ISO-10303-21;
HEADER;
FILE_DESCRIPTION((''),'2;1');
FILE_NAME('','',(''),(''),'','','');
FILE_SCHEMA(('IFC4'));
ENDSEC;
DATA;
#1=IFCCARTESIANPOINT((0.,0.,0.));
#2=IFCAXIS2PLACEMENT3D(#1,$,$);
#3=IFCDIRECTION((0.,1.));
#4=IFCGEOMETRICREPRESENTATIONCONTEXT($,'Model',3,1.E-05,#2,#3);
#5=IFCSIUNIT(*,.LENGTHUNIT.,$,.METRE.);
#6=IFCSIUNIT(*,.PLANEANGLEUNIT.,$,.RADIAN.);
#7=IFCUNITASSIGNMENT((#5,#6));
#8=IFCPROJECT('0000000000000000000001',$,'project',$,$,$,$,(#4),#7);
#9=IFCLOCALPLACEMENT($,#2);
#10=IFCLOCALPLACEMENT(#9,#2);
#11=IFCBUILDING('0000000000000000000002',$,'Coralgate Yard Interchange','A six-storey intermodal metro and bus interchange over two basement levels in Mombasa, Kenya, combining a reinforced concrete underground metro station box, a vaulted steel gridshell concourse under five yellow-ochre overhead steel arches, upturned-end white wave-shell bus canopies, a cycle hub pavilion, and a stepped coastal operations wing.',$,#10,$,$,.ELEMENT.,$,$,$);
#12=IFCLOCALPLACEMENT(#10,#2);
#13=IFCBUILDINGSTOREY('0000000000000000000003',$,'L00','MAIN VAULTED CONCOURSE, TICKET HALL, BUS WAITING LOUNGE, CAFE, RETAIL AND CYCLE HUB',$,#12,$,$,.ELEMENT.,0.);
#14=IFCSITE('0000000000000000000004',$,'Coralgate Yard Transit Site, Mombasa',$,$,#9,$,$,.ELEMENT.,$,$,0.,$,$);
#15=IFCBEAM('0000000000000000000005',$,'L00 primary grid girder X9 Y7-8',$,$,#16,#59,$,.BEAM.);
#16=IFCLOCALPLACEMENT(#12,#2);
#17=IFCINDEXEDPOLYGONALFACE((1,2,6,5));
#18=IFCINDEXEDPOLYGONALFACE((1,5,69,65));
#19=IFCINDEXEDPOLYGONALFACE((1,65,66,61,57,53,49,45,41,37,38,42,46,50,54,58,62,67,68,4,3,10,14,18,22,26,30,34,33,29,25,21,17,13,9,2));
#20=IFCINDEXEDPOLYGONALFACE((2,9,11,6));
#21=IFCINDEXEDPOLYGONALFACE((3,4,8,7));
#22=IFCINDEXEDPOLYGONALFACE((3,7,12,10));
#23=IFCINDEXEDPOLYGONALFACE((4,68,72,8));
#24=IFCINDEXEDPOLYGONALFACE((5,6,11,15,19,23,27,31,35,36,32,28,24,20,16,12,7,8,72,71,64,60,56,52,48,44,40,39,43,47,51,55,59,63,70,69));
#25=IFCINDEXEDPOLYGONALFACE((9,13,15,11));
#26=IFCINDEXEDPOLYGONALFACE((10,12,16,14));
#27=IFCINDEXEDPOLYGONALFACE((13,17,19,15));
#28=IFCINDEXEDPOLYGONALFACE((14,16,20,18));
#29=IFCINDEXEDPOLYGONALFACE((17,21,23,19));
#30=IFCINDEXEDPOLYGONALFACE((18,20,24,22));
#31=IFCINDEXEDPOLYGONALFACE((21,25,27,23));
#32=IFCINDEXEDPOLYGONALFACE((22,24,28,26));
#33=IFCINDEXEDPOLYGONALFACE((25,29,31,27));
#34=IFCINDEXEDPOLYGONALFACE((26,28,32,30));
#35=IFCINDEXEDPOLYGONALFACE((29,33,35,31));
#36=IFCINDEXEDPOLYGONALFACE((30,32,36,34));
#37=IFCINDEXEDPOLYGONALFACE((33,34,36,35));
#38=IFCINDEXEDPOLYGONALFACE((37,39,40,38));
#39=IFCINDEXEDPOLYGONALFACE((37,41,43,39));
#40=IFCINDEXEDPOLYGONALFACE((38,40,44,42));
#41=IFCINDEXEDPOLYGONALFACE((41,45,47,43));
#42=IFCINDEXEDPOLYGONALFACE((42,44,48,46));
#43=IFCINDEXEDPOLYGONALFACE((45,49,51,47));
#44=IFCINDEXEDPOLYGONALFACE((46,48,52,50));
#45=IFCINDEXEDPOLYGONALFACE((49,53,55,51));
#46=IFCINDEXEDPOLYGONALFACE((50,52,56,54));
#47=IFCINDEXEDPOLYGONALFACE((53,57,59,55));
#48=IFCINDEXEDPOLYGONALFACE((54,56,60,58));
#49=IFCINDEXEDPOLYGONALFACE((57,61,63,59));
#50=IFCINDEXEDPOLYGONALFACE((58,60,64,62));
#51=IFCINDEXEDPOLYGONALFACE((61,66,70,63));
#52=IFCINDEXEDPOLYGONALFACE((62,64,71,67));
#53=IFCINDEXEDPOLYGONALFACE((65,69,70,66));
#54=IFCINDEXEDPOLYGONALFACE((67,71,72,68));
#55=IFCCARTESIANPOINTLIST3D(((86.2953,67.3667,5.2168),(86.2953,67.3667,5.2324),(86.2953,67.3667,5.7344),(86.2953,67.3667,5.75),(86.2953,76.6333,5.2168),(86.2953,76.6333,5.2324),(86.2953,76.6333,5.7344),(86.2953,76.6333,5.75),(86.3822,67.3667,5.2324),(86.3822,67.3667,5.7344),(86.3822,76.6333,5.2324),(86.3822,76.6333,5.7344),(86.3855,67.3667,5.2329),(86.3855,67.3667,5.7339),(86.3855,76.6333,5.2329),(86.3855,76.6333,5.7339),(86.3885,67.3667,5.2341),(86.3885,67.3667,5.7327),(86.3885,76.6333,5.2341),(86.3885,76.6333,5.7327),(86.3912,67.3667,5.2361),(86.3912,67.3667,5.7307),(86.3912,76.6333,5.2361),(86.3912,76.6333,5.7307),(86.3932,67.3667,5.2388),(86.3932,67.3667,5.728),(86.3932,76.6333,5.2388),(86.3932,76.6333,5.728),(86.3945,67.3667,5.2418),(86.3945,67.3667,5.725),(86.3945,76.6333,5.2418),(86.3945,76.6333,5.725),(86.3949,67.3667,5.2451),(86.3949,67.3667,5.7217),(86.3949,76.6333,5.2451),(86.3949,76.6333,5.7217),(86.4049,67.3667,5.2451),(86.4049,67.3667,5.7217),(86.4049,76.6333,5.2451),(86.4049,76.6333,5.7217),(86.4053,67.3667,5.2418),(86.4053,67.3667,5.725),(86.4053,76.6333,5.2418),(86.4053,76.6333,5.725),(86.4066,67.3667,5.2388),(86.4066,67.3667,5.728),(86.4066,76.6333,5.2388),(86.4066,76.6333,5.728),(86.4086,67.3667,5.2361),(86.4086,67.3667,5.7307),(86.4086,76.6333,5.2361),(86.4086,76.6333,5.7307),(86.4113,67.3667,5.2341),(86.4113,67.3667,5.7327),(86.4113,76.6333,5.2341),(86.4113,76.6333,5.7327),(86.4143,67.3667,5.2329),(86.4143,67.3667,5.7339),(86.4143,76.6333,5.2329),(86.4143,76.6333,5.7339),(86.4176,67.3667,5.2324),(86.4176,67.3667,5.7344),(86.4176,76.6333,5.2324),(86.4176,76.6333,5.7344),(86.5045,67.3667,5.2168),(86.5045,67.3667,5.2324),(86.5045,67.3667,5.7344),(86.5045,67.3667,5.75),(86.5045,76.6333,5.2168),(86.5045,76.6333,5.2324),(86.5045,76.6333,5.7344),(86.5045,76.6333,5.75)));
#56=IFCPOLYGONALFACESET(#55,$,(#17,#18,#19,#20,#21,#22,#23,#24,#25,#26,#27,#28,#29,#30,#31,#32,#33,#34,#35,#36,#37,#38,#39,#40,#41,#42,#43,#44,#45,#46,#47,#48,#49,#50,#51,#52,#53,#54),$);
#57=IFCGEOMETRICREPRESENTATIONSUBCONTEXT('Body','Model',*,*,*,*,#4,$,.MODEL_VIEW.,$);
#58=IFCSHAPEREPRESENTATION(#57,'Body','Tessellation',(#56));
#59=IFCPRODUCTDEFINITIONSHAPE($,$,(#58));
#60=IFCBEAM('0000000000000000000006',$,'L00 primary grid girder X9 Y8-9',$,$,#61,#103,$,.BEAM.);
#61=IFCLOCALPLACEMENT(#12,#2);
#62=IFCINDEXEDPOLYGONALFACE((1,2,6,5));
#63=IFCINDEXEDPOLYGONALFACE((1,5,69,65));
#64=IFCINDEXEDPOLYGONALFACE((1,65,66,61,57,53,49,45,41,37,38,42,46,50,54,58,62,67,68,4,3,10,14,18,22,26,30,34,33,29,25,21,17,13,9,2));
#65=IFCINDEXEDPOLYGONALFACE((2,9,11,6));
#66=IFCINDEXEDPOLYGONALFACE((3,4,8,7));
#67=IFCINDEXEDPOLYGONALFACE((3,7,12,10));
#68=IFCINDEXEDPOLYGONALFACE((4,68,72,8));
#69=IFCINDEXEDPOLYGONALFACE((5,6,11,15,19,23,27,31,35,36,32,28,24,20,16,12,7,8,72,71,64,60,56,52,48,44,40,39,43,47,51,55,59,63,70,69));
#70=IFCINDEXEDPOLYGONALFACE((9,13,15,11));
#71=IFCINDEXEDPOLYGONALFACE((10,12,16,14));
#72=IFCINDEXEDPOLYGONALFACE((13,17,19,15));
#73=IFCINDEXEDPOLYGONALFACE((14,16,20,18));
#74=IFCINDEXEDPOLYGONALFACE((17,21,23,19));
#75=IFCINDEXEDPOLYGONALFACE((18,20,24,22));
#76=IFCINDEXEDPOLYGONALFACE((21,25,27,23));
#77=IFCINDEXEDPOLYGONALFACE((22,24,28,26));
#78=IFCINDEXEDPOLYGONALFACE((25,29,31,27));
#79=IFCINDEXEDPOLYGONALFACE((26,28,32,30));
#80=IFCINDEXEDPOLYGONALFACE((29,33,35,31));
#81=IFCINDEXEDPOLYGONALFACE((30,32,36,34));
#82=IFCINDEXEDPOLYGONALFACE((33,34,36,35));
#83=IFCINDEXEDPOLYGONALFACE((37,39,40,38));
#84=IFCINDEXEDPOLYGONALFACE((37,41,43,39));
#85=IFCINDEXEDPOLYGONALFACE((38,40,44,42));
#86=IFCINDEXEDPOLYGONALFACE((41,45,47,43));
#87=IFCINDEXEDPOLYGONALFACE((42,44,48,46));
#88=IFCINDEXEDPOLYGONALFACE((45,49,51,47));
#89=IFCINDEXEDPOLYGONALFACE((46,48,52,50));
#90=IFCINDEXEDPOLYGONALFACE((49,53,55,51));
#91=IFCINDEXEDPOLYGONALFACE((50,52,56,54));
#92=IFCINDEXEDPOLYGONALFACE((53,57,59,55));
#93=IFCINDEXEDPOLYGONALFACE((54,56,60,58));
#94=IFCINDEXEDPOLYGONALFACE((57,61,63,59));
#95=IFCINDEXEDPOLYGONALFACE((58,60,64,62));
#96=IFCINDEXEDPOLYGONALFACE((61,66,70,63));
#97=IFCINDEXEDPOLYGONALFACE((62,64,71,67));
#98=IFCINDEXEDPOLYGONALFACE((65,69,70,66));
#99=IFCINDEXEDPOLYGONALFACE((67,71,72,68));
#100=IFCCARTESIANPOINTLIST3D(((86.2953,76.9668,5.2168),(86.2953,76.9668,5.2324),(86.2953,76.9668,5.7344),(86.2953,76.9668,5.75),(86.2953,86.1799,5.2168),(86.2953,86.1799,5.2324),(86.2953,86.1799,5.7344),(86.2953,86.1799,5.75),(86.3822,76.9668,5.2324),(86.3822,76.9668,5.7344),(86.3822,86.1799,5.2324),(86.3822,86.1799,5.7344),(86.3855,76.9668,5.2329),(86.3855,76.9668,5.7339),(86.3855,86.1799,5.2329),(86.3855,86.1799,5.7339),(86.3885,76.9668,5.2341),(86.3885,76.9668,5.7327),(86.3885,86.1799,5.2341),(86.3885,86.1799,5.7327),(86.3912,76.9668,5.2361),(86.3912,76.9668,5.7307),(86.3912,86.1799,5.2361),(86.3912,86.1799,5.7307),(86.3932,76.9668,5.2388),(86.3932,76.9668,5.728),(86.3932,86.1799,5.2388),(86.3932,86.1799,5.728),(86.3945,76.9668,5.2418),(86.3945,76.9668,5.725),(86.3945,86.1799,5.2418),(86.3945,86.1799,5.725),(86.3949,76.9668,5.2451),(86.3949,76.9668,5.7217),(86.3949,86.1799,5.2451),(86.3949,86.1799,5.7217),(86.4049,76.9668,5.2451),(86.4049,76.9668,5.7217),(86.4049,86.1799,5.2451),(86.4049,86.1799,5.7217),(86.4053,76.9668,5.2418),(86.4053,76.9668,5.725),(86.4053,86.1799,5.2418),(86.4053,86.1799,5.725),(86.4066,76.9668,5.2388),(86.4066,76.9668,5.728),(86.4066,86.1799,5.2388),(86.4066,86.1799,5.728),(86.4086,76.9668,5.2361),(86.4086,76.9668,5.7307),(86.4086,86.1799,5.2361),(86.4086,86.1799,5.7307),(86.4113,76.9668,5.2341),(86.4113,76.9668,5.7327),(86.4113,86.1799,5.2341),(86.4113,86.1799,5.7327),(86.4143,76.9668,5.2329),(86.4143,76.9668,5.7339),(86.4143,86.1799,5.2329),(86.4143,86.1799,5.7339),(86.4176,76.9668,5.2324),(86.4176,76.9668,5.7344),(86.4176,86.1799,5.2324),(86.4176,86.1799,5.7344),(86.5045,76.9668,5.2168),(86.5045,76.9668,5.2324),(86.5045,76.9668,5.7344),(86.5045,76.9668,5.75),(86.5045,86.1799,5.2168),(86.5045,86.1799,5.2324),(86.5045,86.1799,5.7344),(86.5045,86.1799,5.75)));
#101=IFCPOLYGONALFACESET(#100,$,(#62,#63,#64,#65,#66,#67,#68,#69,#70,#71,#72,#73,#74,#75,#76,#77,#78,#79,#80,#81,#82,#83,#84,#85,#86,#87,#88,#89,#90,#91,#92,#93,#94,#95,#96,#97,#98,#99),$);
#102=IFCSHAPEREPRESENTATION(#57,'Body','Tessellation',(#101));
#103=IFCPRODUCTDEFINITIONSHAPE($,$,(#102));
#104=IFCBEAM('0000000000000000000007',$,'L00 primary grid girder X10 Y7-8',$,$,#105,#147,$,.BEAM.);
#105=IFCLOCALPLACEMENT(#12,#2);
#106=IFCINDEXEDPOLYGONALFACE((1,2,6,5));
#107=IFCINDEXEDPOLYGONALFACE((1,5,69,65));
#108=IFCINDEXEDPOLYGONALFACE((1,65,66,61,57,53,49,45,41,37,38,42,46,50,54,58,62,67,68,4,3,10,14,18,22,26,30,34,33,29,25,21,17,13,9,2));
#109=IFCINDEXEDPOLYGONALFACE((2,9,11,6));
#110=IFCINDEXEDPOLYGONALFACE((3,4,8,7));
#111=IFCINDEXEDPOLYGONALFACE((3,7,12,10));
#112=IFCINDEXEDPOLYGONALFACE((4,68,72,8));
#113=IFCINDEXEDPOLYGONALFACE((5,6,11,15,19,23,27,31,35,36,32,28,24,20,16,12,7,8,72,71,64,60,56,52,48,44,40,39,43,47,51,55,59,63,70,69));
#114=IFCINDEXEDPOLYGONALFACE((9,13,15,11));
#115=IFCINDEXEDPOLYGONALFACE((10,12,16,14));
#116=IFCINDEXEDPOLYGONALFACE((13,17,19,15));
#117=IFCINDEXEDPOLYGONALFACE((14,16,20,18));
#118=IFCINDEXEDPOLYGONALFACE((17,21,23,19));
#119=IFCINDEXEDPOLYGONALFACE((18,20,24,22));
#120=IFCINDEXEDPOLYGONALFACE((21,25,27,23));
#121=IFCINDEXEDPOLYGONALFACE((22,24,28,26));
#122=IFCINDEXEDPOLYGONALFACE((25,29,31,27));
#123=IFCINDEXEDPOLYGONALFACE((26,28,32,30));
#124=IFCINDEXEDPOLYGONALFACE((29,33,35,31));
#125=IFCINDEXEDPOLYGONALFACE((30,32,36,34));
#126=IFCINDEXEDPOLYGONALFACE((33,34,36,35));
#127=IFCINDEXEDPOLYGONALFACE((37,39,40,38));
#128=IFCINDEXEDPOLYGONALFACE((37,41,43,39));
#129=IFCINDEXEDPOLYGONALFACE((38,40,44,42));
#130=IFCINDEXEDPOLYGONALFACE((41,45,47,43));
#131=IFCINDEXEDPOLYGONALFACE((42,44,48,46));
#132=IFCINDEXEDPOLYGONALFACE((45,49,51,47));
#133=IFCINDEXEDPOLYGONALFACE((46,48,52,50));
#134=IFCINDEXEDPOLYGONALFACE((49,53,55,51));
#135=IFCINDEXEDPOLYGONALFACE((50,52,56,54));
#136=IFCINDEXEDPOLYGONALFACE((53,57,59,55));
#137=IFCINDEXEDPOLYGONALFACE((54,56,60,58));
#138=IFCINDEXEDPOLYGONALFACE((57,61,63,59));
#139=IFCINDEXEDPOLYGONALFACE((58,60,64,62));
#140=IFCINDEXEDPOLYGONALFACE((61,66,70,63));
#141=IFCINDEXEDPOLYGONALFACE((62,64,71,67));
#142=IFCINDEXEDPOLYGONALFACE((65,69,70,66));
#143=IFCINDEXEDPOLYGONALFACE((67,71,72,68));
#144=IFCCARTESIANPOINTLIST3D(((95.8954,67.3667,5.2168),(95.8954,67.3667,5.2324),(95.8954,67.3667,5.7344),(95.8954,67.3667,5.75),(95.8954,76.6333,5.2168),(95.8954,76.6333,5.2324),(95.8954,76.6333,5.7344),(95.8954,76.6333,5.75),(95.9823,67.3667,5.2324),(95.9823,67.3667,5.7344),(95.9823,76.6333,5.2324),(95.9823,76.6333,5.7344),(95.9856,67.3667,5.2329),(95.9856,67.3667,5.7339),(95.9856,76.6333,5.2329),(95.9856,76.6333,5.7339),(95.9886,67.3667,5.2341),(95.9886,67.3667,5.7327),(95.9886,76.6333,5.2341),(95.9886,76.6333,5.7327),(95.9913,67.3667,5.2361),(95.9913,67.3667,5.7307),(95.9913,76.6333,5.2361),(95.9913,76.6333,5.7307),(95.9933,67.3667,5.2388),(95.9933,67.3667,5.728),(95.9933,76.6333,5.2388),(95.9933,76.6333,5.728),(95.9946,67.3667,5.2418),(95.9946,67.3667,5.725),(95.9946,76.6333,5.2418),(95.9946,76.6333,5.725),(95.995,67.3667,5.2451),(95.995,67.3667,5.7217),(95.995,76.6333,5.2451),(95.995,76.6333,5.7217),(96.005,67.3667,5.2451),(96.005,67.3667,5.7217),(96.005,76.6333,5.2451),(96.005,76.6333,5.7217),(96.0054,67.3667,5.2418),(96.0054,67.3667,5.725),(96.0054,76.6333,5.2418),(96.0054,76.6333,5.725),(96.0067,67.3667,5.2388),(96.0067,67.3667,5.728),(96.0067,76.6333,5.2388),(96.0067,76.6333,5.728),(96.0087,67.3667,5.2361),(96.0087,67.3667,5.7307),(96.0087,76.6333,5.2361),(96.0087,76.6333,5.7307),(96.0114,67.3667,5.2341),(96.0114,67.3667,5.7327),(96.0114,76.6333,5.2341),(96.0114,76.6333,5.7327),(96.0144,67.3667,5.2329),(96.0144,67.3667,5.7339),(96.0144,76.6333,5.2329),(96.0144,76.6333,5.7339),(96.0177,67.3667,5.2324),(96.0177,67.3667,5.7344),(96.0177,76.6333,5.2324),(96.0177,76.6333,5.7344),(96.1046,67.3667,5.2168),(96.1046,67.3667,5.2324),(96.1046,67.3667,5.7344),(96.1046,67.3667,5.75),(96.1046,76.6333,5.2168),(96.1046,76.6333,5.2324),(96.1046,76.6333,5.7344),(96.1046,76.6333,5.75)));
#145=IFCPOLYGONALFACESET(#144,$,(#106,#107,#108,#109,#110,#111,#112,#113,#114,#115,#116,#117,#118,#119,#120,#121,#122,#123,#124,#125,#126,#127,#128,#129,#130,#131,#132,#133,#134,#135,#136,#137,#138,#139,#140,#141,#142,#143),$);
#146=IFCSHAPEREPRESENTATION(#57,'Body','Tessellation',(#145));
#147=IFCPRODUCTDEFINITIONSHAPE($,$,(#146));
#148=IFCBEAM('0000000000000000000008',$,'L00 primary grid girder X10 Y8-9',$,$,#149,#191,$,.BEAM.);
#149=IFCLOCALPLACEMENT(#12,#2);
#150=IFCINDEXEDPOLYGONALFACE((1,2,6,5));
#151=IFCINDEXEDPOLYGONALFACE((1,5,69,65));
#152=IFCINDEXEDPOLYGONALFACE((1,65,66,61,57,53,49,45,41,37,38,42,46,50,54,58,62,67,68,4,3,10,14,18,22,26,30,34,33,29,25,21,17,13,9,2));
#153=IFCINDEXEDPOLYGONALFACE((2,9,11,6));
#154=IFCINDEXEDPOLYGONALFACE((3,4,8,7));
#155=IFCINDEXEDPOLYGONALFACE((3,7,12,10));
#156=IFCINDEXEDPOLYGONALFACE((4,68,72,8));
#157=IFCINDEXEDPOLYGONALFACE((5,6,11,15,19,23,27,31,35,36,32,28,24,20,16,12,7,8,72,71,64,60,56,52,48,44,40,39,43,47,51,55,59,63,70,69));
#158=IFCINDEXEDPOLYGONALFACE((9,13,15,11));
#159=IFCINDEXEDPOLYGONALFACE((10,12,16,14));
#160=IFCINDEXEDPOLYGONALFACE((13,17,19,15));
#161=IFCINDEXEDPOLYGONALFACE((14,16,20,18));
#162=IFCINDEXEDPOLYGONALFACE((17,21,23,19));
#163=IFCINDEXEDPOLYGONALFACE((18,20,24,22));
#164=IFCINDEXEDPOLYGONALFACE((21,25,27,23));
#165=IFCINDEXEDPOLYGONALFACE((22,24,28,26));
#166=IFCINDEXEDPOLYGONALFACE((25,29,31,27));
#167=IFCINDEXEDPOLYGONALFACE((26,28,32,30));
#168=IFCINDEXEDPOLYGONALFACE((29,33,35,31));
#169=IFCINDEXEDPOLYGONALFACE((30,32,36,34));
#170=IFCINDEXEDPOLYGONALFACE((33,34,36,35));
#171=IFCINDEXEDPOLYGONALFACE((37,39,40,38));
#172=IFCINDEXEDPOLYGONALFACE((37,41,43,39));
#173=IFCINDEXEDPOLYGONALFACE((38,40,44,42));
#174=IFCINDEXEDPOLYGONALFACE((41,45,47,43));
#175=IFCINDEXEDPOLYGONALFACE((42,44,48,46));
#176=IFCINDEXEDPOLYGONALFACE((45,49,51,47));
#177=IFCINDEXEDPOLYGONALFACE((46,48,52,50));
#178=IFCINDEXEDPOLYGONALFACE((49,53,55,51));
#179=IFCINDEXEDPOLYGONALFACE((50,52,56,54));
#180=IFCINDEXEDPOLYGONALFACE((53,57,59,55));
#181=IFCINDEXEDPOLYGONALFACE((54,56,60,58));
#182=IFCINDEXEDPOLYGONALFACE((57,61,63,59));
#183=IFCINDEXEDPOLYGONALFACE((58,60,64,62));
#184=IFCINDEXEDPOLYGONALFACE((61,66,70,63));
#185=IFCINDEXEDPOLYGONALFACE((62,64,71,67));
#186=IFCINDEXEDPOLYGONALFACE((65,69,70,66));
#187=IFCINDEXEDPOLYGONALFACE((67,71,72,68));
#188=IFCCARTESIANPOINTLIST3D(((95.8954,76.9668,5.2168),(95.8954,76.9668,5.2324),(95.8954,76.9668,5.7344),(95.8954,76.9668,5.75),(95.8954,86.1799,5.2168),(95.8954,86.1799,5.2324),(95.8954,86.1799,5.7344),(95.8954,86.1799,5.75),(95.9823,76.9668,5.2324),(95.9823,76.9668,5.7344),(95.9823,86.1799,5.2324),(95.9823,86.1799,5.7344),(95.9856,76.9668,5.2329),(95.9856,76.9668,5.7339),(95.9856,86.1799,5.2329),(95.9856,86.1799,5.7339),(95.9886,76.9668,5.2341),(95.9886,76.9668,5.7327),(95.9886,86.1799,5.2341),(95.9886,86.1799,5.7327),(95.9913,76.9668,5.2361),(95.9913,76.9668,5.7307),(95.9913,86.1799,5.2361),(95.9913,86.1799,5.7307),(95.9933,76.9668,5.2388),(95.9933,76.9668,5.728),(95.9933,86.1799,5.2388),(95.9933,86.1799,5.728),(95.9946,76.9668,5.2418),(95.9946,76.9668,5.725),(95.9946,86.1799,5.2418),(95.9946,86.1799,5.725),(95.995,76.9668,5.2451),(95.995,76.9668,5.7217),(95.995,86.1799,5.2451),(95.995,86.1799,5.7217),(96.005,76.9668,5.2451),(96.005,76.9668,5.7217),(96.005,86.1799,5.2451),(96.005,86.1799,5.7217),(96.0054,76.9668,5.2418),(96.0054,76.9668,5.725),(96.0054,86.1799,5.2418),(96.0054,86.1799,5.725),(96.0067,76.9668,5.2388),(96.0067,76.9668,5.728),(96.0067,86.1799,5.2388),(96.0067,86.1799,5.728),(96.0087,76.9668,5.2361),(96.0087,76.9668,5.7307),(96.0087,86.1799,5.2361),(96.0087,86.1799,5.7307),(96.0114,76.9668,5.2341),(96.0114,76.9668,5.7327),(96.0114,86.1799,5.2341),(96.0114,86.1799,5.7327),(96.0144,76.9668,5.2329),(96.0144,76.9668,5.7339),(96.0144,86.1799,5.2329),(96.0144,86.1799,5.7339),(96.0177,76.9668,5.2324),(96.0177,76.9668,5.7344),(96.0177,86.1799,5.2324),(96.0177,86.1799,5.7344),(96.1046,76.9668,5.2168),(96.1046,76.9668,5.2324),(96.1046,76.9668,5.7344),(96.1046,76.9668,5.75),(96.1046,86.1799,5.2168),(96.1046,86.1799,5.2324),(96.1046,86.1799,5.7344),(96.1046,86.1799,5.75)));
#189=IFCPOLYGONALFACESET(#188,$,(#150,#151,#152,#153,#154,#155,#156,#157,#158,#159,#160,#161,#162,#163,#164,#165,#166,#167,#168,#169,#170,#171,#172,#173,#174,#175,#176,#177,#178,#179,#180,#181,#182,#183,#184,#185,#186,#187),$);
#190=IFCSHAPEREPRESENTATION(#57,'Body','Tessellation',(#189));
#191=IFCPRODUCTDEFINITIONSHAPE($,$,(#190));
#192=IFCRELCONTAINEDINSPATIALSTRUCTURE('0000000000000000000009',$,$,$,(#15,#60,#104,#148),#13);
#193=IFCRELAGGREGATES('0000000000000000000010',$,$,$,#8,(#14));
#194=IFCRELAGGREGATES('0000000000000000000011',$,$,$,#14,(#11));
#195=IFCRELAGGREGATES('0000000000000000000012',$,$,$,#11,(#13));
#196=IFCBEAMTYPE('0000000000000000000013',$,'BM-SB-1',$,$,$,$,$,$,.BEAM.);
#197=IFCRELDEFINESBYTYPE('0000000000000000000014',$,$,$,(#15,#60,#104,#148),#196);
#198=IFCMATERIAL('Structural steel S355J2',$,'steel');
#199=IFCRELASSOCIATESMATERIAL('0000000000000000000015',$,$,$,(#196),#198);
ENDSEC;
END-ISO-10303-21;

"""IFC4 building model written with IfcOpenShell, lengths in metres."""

from ifc_helpers import new_model, si_unit, direction, frame, origin, origin_2d, place, context, subcontext, project, spatial, i_section, extrude, material, material_profile, profile_set, type_object, element, save


model = new_model("IFC4")

# Units and contexts
model_context = context("Model", 3, precision=1e-05, world=origin(), true_north=direction((0.0, 1.0)))
body_context = subcontext(model_context, "Body", "Model", "MODEL_VIEW")
ifc_project = project(units=[si_unit("LENGTHUNIT", "METRE"), si_unit("PLANEANGLEUNIT", "RADIAN")], contexts=[model_context])

# Site, building, storey
site_placement = place(None, origin())
site = spatial("IfcSite", under=ifc_project, at=site_placement, Name="Coralgate Yard Transit Site, Mombasa", CompositionType="ELEMENT", RefElevation=0.0)
building_placement = place(site_placement, origin())
building = spatial("IfcBuilding", under=site, at=building_placement, Name="Coralgate Yard Interchange", Description="A six-storey intermodal metro and bus interchange over two basement levels in Mombasa, Kenya, combining a reinforced concrete underground metro station box, a vaulted steel gridshell concourse under five yellow-ochre overhead steel arches, upturned-end white wave-shell bus canopies, a cycle hub pavilion, and a stepped coastal operations wing.", CompositionType="ELEMENT")
storey_placement = place(building_placement, origin())
storey = spatial("IfcBuildingStorey", under=building, at=storey_placement, Name="L00", Description="MAIN VAULTED CONCOURSE, TICKET HALL, BUS WAITING LOUNGE, CAFE, RETAIL AND CYCLE HUB", CompositionType="ELEMENT", Elevation=0.0)

# Shared definitions
ifc_material_1 = material(Name="Structural steel S355J2", Category="steel")

# Beams
ifc_material_profile_1 = material_profile(ifc_material_1, i_section(OverallWidth=0.2092, OverallDepth=0.5332, WebThickness=0.01, FlangeThickness=0.0156, FilletRadius=0.0127, at=origin_2d()), Name="UB 533x210x92")
ifc_profile_set_1 = profile_set([ifc_material_profile_1], Name="Structural steel S355J2")
beam_type_1 = type_object("IfcBeamType", Name="BM-SB-1", PredefinedType="BEAM", material=ifc_profile_set_1)
beam_1_placement = place(storey_placement, frame((86.3999, 67.3667, 5.4834), z_axis=(0.0, 1.0, 0.0), x_axis=(-1.0, 0.0, 0.0)))
element("IfcBeam", 1, at=beam_1_placement, inside=storey, type_object=beam_type_1, Name="L00 primary grid girder X9 Y7-8", PredefinedType="BEAM", context=body_context, shape_type="SweptSolid", body=[
    extrude(i_section(OverallWidth=0.2092, OverallDepth=0.5332, WebThickness=0.01, FlangeThickness=0.0156, FilletRadius=0.0127, at=origin_2d()), origin(), (0.0, 0.0, 1.0), 9.2666),
])
beam_2_placement = place(storey_placement, frame((86.3999, 76.9668, 5.4834), z_axis=(0.0, 1.0, 0.0), x_axis=(-1.0, 0.0, 0.0)))
element("IfcBeam", 2, at=beam_2_placement, inside=storey, type_object=beam_type_1, Name="L00 primary grid girder X9 Y8-9", PredefinedType="BEAM", context=body_context, shape_type="SweptSolid", body=[
    extrude(i_section(OverallWidth=0.2092, OverallDepth=0.5332, WebThickness=0.01, FlangeThickness=0.0156, FilletRadius=0.0127, at=origin_2d()), origin(), (0.0, 0.0, 1.0), 9.2131),
])
beam_3_placement = place(storey_placement, frame((96.0, 67.3667, 5.4834), z_axis=(0.0, 1.0, 0.0), x_axis=(-1.0, 0.0, 0.0)))
element("IfcBeam", 3, at=beam_3_placement, inside=storey, type_object=beam_type_1, Name="L00 primary grid girder X10 Y7-8", PredefinedType="BEAM", context=body_context, shape_type="SweptSolid", body=[
    extrude(i_section(OverallWidth=0.2092, OverallDepth=0.5332, WebThickness=0.01, FlangeThickness=0.0156, FilletRadius=0.0127, at=origin_2d()), origin(), (0.0, 0.0, 1.0), 9.2666),
])
beam_4_placement = place(storey_placement, frame((96.0, 76.9668, 5.4834), z_axis=(0.0, 1.0, 0.0), x_axis=(-1.0, 0.0, 0.0)))
element("IfcBeam", 4, at=beam_4_placement, inside=storey, type_object=beam_type_1, Name="L00 primary grid girder X10 Y8-9", PredefinedType="BEAM", context=body_context, shape_type="SweptSolid", body=[
    extrude(i_section(OverallWidth=0.2092, OverallDepth=0.5332, WebThickness=0.01, FlangeThickness=0.0156, FilletRadius=0.0127, at=origin_2d()), origin(), (0.0, 0.0, 1.0), 9.2131),
])

save(model, "model.ifc")
